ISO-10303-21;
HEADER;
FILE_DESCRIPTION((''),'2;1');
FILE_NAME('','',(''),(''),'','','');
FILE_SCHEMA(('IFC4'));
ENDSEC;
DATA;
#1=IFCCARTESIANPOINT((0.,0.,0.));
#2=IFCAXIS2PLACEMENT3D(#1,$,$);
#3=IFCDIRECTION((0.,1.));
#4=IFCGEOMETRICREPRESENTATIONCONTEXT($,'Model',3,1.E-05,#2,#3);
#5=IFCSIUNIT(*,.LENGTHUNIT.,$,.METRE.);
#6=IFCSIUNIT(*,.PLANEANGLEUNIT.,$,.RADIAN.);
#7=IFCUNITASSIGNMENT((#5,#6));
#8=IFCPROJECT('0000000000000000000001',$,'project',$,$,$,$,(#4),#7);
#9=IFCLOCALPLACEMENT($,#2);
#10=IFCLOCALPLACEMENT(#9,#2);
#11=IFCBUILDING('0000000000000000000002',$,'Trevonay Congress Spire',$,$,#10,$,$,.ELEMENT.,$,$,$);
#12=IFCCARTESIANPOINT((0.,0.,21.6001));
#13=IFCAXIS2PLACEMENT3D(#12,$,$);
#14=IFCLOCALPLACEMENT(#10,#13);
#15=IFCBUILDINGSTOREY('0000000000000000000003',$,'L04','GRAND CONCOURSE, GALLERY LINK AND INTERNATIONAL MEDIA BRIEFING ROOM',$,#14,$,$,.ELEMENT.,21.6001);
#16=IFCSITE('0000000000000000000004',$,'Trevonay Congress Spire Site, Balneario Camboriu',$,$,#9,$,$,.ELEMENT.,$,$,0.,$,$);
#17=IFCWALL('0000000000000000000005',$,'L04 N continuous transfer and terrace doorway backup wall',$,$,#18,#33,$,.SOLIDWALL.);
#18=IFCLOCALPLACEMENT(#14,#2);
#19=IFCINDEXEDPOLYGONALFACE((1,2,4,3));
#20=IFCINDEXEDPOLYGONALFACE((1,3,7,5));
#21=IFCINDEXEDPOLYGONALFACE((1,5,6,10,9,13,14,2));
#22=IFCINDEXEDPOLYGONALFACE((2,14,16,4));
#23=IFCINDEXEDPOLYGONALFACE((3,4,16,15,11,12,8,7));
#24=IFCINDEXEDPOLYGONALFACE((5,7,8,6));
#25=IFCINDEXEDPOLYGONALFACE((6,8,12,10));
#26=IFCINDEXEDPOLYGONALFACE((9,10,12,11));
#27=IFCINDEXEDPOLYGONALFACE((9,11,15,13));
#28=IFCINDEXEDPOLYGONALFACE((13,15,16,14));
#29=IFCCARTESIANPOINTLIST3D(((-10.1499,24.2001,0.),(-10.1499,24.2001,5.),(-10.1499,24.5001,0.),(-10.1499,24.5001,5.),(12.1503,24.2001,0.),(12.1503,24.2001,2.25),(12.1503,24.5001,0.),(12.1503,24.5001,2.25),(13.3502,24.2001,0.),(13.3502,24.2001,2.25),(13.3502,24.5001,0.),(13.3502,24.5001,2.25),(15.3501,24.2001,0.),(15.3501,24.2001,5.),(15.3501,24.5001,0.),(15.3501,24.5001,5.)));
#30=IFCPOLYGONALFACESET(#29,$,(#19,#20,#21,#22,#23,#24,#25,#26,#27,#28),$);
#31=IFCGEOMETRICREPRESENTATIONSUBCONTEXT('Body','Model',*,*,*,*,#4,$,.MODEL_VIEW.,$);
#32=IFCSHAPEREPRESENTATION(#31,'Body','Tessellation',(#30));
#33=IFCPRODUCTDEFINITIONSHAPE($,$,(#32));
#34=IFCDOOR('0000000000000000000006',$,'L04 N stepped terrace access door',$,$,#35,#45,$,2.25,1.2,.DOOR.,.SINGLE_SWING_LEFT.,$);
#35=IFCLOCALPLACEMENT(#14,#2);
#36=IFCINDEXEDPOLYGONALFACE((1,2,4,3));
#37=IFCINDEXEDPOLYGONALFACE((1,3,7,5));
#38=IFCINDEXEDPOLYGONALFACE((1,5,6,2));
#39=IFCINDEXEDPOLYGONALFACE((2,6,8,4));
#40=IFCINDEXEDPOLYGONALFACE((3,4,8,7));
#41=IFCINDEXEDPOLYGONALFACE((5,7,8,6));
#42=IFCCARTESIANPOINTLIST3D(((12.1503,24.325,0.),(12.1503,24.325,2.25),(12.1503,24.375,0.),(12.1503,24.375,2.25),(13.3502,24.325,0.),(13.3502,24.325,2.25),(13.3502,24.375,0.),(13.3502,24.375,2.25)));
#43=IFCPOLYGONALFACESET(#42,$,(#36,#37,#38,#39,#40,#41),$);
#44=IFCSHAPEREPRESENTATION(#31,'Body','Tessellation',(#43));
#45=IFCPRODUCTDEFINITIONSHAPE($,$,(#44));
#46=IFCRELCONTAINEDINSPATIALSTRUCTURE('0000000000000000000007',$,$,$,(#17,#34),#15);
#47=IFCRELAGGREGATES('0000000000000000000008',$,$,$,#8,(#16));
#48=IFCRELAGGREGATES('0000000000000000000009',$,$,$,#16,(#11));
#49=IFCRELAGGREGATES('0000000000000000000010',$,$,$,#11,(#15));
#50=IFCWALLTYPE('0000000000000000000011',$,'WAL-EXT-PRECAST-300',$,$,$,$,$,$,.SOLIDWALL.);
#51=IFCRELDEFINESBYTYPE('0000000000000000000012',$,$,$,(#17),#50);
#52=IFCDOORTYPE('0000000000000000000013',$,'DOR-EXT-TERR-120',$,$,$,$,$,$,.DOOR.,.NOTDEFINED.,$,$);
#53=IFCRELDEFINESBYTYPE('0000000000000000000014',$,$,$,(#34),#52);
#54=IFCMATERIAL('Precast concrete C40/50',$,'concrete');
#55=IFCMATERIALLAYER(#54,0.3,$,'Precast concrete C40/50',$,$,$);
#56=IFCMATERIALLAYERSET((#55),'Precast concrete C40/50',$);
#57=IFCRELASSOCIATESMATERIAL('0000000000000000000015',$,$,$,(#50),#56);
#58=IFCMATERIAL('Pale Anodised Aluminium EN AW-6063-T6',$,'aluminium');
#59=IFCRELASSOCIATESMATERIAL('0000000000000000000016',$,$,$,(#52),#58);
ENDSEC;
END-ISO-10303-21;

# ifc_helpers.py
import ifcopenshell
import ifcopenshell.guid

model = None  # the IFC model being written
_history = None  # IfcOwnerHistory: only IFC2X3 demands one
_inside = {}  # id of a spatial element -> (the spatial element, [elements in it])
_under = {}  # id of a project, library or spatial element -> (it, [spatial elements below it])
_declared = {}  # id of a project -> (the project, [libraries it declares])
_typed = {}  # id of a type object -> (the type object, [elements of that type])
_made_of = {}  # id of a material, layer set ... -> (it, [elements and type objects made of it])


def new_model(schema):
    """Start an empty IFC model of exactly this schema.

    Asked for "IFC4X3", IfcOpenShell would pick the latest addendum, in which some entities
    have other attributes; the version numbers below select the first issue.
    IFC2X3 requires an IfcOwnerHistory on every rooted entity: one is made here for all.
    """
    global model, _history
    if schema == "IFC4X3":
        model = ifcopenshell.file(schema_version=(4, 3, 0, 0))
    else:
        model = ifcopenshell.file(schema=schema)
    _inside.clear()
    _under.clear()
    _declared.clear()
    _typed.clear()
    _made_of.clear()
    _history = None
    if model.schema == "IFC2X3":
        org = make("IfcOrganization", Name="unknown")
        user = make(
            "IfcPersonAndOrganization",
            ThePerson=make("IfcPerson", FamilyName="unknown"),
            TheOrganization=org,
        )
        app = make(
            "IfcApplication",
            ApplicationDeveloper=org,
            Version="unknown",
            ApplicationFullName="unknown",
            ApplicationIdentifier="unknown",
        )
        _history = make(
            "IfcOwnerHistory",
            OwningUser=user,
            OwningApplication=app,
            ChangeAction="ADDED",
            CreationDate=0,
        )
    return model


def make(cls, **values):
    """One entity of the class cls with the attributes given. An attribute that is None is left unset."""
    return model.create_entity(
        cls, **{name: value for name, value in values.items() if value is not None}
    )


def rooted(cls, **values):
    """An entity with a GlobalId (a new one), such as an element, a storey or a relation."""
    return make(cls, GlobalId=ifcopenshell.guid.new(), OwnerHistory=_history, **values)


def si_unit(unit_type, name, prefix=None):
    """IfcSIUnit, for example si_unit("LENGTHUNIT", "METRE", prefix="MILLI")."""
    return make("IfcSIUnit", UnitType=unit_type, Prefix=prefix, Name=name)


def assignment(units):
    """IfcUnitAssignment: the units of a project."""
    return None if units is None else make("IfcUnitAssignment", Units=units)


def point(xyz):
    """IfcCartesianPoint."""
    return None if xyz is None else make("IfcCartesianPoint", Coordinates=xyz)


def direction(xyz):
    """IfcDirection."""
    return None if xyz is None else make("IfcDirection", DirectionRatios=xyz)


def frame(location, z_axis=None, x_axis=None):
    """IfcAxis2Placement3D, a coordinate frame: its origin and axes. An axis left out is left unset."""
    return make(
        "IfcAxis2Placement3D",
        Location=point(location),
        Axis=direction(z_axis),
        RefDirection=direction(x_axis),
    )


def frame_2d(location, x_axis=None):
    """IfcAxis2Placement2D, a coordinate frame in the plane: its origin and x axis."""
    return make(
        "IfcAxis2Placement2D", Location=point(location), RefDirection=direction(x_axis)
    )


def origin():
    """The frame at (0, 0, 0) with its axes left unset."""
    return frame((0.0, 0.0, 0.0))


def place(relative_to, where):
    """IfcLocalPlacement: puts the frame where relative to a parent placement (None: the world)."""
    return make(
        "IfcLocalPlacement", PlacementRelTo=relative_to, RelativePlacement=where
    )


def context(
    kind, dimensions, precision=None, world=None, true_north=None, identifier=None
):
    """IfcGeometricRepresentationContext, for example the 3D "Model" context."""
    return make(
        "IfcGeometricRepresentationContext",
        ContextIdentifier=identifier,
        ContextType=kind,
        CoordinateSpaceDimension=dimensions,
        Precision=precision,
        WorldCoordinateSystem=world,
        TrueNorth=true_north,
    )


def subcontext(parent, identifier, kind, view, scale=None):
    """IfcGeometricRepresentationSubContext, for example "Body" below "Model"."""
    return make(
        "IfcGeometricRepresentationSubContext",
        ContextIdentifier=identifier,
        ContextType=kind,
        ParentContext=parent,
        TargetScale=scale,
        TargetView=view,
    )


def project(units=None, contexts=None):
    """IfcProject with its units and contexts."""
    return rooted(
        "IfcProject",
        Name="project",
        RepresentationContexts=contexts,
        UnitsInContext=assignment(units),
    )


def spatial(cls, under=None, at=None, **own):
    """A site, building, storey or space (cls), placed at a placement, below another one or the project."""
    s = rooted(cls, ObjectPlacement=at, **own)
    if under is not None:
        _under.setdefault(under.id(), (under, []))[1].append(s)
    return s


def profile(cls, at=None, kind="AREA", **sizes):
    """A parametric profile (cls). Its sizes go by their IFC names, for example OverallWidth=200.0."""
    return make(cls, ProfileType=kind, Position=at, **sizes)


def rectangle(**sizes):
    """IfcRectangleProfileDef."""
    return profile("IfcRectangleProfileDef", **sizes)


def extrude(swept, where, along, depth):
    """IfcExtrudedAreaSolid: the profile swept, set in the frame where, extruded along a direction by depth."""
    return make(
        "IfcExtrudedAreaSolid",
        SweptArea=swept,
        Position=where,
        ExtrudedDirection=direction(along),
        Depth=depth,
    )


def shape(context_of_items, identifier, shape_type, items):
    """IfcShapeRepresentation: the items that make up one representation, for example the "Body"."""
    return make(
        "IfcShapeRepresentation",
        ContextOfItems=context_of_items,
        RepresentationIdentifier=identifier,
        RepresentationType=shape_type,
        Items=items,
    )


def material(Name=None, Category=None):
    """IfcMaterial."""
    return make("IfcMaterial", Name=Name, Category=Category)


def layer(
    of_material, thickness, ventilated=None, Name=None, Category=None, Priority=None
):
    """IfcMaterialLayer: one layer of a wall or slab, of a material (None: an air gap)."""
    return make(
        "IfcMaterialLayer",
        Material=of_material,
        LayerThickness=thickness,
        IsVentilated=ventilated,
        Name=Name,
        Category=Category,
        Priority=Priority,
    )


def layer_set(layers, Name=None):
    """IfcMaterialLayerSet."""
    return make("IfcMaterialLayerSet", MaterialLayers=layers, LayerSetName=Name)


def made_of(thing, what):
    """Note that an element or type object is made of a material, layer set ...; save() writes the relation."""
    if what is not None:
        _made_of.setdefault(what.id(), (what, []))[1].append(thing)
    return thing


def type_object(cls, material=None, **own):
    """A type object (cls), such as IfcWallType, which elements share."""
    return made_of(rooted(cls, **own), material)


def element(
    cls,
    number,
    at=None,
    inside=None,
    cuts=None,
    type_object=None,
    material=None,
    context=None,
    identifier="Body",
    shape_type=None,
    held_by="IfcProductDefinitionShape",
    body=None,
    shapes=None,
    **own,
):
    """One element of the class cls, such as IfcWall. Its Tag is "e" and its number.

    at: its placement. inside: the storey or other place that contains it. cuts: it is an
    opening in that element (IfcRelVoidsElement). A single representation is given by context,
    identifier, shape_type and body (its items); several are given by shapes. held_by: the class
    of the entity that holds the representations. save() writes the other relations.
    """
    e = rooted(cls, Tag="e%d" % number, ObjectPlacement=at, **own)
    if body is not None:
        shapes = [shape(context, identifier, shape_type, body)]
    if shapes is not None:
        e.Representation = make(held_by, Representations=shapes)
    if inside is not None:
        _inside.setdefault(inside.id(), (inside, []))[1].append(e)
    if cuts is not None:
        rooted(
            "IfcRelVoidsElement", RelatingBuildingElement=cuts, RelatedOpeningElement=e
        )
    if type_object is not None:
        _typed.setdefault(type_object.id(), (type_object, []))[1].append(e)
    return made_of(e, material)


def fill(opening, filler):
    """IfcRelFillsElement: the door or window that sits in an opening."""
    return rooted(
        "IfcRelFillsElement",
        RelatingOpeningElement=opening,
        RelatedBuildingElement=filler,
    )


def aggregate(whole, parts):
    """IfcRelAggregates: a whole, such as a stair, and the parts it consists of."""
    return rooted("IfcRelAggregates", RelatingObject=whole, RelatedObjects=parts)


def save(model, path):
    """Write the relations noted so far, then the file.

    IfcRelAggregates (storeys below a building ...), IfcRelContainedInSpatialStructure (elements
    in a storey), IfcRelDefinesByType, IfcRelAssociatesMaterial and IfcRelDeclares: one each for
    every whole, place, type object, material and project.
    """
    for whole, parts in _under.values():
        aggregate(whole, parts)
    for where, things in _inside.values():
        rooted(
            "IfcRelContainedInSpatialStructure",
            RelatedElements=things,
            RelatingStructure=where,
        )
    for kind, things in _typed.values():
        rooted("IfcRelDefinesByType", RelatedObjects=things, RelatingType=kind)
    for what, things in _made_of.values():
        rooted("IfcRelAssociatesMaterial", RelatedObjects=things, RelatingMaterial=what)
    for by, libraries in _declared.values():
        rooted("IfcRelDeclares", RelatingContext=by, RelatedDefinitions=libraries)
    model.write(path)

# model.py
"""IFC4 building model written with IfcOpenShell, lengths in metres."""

from ifc_helpers import new_model, si_unit, direction, frame, frame_2d, origin, place, context, subcontext, project, spatial, rectangle, extrude, material, layer, layer_set, type_object, element, fill, save


model = new_model("IFC4")

# Units and contexts
model_context = context("Model", 3, precision=1e-05, world=origin(), true_north=direction((0.0, 1.0)))
body_context = subcontext(model_context, "Body", "Model", "MODEL_VIEW")
ifc_project = project(units=[si_unit("LENGTHUNIT", "METRE"), si_unit("PLANEANGLEUNIT", "RADIAN")], contexts=[model_context])

# Site, building, storey
site_placement = place(None, origin())
site = spatial("IfcSite", under=ifc_project, at=site_placement, Name="Trevonay Congress Spire Site, Balneario Camboriu", CompositionType="ELEMENT", RefElevation=0.0)
building_placement = place(site_placement, origin())
building = spatial("IfcBuilding", under=site, at=building_placement, Name="Trevonay Congress Spire", CompositionType="ELEMENT")
storey_placement = place(building_placement, frame((0.0, 0.0, 21.6001)))
storey = spatial("IfcBuildingStorey", under=building, at=storey_placement, Name="L04", Description="GRAND CONCOURSE, GALLERY LINK AND INTERNATIONAL MEDIA BRIEFING ROOM", CompositionType="ELEMENT", Elevation=21.6001)

# Shared definitions
ifc_material_1 = material(Name="Pale Anodised Aluminium EN AW-6063-T6", Category="aluminium")

# Wall, opening, door
ifc_material_2 = material(Name="Precast concrete C40/50", Category="concrete")
ifc_layer_1 = layer(ifc_material_2, 0.3, Name="Precast concrete C40/50")
ifc_layer_set_1 = layer_set([ifc_layer_1], Name="Precast concrete C40/50")
wall_type = type_object("IfcWallType", Name="WAL-EXT-PRECAST-300", PredefinedType="SOLIDWALL", material=ifc_layer_set_1)
wall_placement = place(storey_placement, frame((-10.1499, 24.3501, 0.0), z_axis=(0.0, 0.0, 1.0), x_axis=(1.0, 0.0, 0.0)))
wall = element("IfcWall", 1, at=wall_placement, inside=storey, type_object=wall_type, Name="L04 N continuous transfer and terrace doorway backup wall", PredefinedType="SOLIDWALL", context=body_context, shape_type="SweptSolid", body=[
    extrude(rectangle(XDim=25.5, YDim=0.3, at=frame_2d((12.75, 0.0))), origin(), (0.0, 0.0, 1.0), 5.0),
])
opening_placement = place(wall_placement, frame((22.3, 0.0, 0.0)))
opening = element("IfcOpeningElement", 2, at=opening_placement, cuts=wall, PredefinedType="OPENING", context=body_context, shape_type="SweptSolid", body=[
    extrude(rectangle(XDim=1.2, YDim=2.25, at=frame_2d((0.6001, 1.125))), frame((0.0, 0.1602, 0.0), z_axis=(0.0, -1.0, 0.0), x_axis=(1.0, 0.0, 0.0)), (0.0, 0.0, 1.0), 0.3201),
])
door_type = type_object("IfcDoorType", Name="DOR-EXT-TERR-120", OperationType="NOTDEFINED", PredefinedType="DOOR", material=ifc_material_1)
door_placement = place(opening_placement, origin())
door = element("IfcDoor", 3, at=door_placement, inside=storey, type_object=door_type, Name="L04 N stepped terrace access door", OperationType="SINGLE_SWING_LEFT", OverallHeight=2.25, OverallWidth=1.2, PredefinedType="DOOR", context=body_context, shape_type="SweptSolid", body=[
    extrude(rectangle(XDim=1.2, YDim=2.25, at=frame_2d((0.6001, 1.125))), frame((0.0, 0.0249, 0.0), z_axis=(0.0, -1.0, 0.0), x_axis=(1.0, 0.0, 0.0)), (0.0, 0.0, 1.0), 0.05),
])
fill(opening, door)

save(model, "model.ifc")
